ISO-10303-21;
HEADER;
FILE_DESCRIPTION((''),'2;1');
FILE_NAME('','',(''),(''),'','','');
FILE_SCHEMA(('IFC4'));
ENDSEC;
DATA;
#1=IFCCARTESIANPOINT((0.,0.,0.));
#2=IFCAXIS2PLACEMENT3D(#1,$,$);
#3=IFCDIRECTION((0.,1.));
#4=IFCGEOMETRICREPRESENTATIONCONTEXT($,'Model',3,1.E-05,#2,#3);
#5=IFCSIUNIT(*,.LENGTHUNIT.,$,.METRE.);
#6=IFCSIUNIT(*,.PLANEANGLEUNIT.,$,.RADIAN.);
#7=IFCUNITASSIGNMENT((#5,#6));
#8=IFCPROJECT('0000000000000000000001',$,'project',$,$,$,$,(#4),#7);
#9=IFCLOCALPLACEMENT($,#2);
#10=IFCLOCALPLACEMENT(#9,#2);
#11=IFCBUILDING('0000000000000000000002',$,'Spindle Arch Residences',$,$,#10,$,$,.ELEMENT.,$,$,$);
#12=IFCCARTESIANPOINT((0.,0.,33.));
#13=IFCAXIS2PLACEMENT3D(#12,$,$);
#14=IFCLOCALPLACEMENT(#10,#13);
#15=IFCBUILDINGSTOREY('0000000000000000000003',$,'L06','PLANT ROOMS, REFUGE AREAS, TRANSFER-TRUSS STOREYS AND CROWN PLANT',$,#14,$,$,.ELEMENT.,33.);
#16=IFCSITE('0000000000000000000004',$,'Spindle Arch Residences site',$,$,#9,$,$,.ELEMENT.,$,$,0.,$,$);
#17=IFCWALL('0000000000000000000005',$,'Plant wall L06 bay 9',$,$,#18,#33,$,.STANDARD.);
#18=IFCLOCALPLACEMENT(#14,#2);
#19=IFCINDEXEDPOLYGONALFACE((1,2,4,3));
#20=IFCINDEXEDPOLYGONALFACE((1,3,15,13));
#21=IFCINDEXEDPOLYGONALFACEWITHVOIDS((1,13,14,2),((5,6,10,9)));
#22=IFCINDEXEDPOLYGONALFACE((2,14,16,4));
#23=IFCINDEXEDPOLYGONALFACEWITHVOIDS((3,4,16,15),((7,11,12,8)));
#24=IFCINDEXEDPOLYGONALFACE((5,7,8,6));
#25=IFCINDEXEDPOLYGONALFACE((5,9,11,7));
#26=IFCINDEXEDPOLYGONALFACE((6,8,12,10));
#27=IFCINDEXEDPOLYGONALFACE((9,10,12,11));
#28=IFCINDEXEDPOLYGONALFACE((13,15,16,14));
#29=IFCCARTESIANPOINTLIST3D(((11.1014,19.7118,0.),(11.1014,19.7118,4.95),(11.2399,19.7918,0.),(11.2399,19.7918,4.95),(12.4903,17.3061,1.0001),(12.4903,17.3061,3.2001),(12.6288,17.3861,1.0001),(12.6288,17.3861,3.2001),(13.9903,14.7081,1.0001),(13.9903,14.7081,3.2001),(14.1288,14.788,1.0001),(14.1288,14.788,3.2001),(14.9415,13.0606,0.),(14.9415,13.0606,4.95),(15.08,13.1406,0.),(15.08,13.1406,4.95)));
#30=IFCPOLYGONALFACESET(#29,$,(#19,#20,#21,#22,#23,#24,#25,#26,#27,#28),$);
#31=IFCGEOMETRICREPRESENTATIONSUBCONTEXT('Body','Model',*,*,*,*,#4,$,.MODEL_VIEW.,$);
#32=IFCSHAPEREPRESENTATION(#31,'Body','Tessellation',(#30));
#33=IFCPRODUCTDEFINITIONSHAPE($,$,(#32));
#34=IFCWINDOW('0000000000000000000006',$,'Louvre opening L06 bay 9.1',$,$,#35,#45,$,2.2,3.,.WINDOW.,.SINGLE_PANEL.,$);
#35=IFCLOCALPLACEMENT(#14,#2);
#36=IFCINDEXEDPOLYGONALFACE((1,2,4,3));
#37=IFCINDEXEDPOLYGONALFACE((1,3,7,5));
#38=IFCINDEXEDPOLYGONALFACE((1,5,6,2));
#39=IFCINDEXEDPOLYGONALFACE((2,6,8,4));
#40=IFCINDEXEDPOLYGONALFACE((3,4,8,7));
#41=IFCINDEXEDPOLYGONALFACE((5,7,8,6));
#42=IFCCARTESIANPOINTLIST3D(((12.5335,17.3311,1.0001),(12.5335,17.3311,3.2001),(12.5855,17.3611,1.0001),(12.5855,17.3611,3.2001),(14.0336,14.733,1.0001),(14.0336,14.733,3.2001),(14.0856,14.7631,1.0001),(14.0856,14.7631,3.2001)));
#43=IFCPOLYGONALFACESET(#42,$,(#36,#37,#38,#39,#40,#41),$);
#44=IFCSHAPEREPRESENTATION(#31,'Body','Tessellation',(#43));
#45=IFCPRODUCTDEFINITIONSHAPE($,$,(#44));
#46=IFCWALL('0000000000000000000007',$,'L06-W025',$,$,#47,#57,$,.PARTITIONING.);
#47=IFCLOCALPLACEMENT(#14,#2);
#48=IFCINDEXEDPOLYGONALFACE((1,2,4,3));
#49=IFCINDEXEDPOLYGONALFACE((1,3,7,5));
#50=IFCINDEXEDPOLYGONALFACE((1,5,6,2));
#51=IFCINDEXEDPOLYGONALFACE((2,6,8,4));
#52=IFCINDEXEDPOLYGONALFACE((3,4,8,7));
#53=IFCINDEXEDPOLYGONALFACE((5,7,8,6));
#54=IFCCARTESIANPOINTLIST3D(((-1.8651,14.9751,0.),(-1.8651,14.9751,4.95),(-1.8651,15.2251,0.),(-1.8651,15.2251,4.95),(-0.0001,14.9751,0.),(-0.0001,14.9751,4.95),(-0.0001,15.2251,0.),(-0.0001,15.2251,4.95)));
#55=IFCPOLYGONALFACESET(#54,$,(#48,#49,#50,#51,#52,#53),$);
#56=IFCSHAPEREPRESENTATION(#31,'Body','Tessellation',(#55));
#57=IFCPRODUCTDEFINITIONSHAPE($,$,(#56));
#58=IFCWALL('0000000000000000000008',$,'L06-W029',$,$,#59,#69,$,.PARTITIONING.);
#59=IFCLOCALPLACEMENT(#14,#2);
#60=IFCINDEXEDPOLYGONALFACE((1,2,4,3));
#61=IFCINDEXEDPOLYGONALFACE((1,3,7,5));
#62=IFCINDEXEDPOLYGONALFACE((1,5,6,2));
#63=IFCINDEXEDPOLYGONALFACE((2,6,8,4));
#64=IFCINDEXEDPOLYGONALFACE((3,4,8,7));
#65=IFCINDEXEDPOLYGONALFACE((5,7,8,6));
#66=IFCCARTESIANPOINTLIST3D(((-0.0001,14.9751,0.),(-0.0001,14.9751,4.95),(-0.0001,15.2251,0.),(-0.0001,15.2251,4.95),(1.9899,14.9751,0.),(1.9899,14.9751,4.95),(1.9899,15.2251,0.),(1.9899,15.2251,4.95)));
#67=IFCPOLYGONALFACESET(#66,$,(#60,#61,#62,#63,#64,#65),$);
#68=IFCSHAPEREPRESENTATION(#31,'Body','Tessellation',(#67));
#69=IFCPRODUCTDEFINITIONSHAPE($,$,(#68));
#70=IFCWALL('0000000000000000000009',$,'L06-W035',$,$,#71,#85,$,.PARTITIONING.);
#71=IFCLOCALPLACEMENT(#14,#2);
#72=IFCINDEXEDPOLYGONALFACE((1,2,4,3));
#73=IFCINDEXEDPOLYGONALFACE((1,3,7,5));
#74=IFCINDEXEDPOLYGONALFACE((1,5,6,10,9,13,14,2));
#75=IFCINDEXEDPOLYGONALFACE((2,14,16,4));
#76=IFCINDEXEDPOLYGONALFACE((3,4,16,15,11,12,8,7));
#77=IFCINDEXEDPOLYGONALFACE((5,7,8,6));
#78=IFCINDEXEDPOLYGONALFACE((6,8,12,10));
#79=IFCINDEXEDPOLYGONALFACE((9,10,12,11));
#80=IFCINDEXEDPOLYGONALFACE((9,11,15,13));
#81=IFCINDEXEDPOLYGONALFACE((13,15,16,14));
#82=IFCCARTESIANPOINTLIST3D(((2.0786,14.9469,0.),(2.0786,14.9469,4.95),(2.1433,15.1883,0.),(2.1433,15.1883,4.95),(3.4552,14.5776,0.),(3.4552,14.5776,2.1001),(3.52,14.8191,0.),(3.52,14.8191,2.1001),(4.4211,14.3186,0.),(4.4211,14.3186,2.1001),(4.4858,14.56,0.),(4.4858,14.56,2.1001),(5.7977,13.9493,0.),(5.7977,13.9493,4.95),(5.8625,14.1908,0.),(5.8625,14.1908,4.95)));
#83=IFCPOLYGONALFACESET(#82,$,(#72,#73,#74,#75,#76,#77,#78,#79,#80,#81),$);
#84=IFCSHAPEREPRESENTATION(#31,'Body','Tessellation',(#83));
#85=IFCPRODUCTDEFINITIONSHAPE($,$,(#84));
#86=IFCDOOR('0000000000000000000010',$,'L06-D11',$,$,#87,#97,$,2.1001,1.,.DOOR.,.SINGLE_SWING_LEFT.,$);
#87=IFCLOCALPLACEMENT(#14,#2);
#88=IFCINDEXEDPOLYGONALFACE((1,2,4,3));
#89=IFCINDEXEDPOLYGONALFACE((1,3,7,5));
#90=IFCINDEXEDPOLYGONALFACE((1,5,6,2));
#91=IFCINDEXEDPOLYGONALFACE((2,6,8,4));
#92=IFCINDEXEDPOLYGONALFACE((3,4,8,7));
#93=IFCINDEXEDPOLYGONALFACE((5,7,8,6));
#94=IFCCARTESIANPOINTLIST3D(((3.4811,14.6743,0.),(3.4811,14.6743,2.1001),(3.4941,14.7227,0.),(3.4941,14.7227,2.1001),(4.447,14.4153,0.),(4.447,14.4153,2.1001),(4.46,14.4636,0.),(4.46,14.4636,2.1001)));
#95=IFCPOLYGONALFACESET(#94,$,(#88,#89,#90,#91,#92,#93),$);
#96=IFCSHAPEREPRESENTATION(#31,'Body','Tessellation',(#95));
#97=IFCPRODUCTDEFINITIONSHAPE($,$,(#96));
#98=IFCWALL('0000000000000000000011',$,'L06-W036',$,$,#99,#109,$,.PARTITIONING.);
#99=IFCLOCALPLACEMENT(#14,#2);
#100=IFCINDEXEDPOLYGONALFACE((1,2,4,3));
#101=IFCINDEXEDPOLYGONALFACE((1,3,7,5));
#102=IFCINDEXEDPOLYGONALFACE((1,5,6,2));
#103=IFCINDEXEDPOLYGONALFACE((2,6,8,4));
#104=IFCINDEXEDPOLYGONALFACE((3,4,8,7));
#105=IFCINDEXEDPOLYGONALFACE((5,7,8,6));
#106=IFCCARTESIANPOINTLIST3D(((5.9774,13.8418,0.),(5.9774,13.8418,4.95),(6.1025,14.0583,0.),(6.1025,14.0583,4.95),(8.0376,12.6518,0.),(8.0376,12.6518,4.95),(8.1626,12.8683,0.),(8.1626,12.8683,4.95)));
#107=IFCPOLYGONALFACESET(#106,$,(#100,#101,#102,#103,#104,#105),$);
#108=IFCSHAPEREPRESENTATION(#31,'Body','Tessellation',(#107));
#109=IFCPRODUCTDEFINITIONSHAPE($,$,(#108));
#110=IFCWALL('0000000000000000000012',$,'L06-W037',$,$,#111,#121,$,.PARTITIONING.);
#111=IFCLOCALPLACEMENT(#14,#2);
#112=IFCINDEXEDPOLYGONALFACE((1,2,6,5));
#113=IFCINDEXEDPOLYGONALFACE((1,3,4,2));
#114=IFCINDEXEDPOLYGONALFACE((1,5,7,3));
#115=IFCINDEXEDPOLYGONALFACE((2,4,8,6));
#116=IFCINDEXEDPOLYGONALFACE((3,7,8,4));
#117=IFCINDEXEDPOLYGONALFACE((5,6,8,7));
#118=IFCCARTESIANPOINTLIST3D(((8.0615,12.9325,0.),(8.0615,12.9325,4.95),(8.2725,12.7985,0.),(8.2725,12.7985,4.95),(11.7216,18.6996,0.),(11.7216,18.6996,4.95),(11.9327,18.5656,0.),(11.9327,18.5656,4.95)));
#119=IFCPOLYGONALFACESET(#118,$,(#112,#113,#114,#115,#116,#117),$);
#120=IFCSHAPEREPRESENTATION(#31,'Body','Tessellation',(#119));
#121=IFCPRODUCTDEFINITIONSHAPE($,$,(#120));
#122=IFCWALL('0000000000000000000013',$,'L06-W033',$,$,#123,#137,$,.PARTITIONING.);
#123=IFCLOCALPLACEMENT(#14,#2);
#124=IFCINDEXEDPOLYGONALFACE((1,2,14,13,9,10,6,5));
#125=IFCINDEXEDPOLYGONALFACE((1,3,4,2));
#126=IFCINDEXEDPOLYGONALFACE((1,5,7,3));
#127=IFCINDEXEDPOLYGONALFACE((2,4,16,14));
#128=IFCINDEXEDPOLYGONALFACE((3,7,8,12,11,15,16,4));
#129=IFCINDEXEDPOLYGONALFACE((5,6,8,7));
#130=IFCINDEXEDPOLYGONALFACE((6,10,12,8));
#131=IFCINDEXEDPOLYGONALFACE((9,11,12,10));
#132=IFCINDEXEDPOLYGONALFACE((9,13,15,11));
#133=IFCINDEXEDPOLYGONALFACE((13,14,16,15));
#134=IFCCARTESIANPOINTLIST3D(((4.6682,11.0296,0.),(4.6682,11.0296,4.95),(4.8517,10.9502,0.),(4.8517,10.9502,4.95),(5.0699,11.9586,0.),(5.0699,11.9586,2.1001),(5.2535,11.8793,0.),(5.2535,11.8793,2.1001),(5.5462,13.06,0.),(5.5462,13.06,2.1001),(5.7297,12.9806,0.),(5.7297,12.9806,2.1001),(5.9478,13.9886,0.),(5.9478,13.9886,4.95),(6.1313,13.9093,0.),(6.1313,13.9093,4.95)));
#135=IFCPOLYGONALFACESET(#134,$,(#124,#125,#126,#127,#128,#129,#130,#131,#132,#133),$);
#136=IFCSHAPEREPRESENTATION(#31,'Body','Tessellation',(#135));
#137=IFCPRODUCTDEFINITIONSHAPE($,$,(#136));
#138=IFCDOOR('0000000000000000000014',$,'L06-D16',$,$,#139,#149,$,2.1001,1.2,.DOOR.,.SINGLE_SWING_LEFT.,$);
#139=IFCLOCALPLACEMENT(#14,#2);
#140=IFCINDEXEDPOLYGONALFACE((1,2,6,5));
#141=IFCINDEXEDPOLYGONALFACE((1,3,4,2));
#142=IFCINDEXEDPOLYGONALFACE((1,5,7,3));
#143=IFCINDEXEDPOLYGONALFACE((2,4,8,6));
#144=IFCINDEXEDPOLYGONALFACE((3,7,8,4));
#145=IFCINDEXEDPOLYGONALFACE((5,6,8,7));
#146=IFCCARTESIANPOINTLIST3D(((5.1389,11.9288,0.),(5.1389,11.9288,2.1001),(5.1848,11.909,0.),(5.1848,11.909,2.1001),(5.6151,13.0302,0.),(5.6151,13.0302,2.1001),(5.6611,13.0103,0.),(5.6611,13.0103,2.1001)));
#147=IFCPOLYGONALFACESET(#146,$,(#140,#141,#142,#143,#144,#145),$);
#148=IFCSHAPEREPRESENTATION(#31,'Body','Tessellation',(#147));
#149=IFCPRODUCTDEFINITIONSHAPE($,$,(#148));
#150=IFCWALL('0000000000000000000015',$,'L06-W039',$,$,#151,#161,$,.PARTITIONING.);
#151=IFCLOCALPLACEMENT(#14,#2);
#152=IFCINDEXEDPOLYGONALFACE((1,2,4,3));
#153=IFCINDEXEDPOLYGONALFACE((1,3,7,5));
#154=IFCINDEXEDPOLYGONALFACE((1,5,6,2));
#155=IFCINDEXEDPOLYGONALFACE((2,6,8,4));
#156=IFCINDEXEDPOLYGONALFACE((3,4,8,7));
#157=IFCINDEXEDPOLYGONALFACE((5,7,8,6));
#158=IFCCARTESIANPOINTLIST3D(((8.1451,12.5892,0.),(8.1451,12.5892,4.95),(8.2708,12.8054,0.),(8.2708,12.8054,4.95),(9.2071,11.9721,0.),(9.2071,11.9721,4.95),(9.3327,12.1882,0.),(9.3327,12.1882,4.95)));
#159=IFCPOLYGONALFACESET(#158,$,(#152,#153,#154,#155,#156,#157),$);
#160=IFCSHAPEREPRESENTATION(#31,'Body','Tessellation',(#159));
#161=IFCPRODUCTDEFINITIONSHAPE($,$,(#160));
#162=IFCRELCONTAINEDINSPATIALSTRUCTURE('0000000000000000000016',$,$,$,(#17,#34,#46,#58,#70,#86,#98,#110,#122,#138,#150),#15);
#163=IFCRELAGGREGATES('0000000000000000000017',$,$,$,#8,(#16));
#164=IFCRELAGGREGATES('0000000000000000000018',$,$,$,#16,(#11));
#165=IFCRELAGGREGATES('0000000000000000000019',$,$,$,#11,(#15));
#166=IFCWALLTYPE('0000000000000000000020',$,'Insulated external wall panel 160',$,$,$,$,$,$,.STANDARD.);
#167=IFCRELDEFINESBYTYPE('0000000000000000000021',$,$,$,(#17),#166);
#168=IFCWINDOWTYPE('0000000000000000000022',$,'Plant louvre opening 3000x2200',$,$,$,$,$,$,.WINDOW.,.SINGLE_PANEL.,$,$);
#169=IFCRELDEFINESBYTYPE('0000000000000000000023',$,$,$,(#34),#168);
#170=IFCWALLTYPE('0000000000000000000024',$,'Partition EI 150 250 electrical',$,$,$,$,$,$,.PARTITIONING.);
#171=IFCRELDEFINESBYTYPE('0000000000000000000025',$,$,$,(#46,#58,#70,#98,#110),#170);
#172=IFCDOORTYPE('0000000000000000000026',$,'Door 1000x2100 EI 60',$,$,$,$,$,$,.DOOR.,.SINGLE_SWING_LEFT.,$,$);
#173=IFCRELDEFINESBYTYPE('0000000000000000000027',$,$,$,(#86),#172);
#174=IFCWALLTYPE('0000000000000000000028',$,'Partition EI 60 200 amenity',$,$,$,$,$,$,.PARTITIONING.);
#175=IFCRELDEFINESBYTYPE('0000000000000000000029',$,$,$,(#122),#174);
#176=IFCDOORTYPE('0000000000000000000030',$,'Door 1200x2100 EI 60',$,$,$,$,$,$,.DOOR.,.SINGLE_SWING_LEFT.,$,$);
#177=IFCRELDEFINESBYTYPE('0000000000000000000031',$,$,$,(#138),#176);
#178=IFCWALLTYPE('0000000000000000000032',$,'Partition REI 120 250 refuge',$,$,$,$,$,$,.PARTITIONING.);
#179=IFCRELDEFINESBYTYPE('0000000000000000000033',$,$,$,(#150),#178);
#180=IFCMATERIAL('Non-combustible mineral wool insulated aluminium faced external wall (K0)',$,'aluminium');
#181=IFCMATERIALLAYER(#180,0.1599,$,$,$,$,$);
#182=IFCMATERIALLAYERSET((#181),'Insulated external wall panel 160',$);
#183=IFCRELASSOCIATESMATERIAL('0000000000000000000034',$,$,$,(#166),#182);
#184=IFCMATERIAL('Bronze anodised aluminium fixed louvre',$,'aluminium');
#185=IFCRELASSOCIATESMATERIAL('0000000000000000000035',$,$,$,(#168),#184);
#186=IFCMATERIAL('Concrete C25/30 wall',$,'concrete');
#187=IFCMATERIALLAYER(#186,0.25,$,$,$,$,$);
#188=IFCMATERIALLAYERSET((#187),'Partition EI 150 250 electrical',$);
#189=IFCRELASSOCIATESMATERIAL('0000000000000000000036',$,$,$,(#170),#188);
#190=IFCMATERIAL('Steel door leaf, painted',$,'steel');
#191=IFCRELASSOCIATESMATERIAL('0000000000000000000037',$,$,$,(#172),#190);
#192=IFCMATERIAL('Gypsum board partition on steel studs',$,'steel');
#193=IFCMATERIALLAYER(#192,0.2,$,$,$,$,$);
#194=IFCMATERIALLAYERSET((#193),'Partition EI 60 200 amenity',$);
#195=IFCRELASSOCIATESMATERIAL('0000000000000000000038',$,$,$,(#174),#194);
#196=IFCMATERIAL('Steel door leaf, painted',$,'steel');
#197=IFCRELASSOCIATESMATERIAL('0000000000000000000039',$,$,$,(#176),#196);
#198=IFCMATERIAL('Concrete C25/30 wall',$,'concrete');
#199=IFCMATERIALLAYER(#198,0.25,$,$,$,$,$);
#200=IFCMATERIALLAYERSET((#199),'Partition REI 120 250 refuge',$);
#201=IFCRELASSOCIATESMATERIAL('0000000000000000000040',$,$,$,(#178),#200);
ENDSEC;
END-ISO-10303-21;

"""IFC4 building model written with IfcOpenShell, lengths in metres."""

from ifc_helpers import new_model, si_unit, direction, frame, frame_2d, origin, place, context, subcontext, project, spatial, rectangle, extrude, material, layer, layer_set, type_object, element, fill, save


model = new_model("IFC4")

# Units and contexts
model_context = context("Model", 3, precision=1e-05, world=origin(), true_north=direction((0.0, 1.0)))
body_context = subcontext(model_context, "Body", "Model", "MODEL_VIEW")
ifc_project = project(units=[si_unit("LENGTHUNIT", "METRE"), si_unit("PLANEANGLEUNIT", "RADIAN")], contexts=[model_context])

# Site, building, storey
site_placement = place(None, origin())
site = spatial("IfcSite", under=ifc_project, at=site_placement, Name="Spindle Arch Residences site", CompositionType="ELEMENT", RefElevation=0.0)
building_placement = place(site_placement, origin())
building = spatial("IfcBuilding", under=site, at=building_placement, Name="Spindle Arch Residences", CompositionType="ELEMENT")
storey_placement = place(building_placement, frame((0.0, 0.0, 33.0)))
storey = spatial("IfcBuildingStorey", under=building, at=storey_placement, Name="L06", Description="PLANT ROOMS, REFUGE AREAS, TRANSFER-TRUSS STOREYS AND CROWN PLANT", CompositionType="ELEMENT", Elevation=33.0)

# Wall, opening, window
ifc_material_1 = material(Name="Non-combustible mineral wool insulated aluminium faced external wall (K0)", Category="aluminium")
ifc_layer_1 = layer(ifc_material_1, 0.1599)
ifc_layer_set_1 = layer_set([ifc_layer_1], Name="Insulated external wall panel 160")
wall_type_1 = type_object("IfcWallType", Name="Insulated external wall panel 160", PredefinedType="STANDARD", material=ifc_layer_set_1)
wall_1_placement = place(storey_placement, frame((15.0107, 13.1006, 0.0), z_axis=(0.0, 0.0, 1.0), x_axis=(-0.500006, 0.866022, 0.0)))
wall_1 = element("IfcWall", 1, at=wall_1_placement, inside=storey, type_object=wall_type_1, Name="Plant wall L06 bay 9", PredefinedType="STANDARD", context=body_context, shape_type="SweptSolid", body=[
    extrude(rectangle(XDim=7.6802, YDim=0.1599, at=frame_2d((3.8401, 0.0))), origin(), (0.0, 0.0, 1.0), 4.95),
])
opening_1_placement = place(wall_1_placement, frame((1.9023, 0.0, 1.0)))
opening_1 = element("IfcOpeningElement", 2, at=opening_1_placement, cuts=wall_1, PredefinedType="OPENING", context=body_context, shape_type="SweptSolid", body=[
    extrude(rectangle(XDim=3.0, YDim=2.2, at=frame_2d((1.5, 1.1001))), frame((0.0, 0.0898, 0.0), z_axis=(0.0, -1.0, 0.0), x_axis=(1.0, 0.0, 0.0)), (0.0, 0.0, 1.0), 0.1799),
])
ifc_material_2 = material(Name="Bronze anodised aluminium fixed louvre", Category="aluminium")
window_type = type_object("IfcWindowType", Name="Plant louvre opening 3000x2200", PartitioningType="SINGLE_PANEL", PredefinedType="WINDOW", material=ifc_material_2)
window_placement = place(opening_1_placement, origin())
window = element("IfcWindow", 3, at=window_placement, inside=storey, type_object=window_type, Name="Louvre opening L06 bay 9.1", OverallHeight=2.2, OverallWidth=3.0, PartitioningType="SINGLE_PANEL", PredefinedType="WINDOW", context=body_context, shape_type="SweptSolid", body=[
    extrude(rectangle(XDim=3.0, YDim=2.2, at=frame_2d((1.5, 1.1001))), frame((0.0, 0.03, 0.0), z_axis=(0.0, -1.0, 0.0), x_axis=(1.0, 0.0, 0.0)), (0.0, 0.0, 1.0), 0.0601),
])
fill(opening_1, window)

# Walls
ifc_material_3 = material(Name="Concrete C25/30 wall", Category="concrete")
ifc_layer_2 = layer(ifc_material_3, 0.25)
ifc_layer_set_2 = layer_set([ifc_layer_2], Name="Partition EI 150 250 electrical")
wall_type_2 = type_object("IfcWallType", Name="Partition EI 150 250 electrical", PredefinedType="PARTITIONING", material=ifc_layer_set_2)
wall_2_placement = place(storey_placement, frame((0.0, 15.1001, 0.0), z_axis=(0.0, 0.0, 1.0), x_axis=(-1.0, 0.0, 0.0)))
element("IfcWall", 4, at=wall_2_placement, inside=storey, type_object=wall_type_2, Name="L06-W025", PredefinedType="PARTITIONING", context=body_context, shape_type="SweptSolid", body=[
    extrude(rectangle(XDim=1.865, YDim=0.25, at=frame_2d((0.9326, 0.0))), origin(), (0.0, 0.0, 1.0), 4.95),
])
wall_3_placement = place(storey_placement, frame((1.99, 15.1001, 0.0), z_axis=(0.0, 0.0, 1.0), x_axis=(-1.0, 0.0, 0.0)))
element("IfcWall", 5, at=wall_3_placement, inside=storey, type_object=wall_type_2, Name="L06-W029", PredefinedType="PARTITIONING", context=body_context, shape_type="SweptSolid", body=[
    extrude(rectangle(XDim=1.99, YDim=0.25, at=frame_2d((0.9951, 0.0))), origin(), (0.0, 0.0, 1.0), 4.95),
])

# Wall, opening, door
wall_4_placement = place(storey_placement, frame((5.8301, 14.0701, 0.0), z_axis=(0.0, 0.0, 1.0), x_axis=(-0.965861, 0.259059, 0.0)))
wall_4 = element("IfcWall", 6, at=wall_4_placement, inside=storey, type_object=wall_type_2, Name="L06-W035", PredefinedType="PARTITIONING", context=body_context, shape_type="SweptSolid", body=[
    extrude(rectangle(XDim=3.8506, YDim=0.25, at=frame_2d((1.9253, 0.0))), origin(), (0.0, 0.0, 1.0), 4.95),
])
opening_2_placement = place(wall_4_placement, frame((1.4253, 0.0, 0.0)))
opening_2 = element("IfcOpeningElement", 7, at=opening_2_placement, cuts=wall_4, PredefinedType="OPENING", context=body_context, shape_type="SweptSolid", body=[
    extrude(rectangle(XDim=1.0, YDim=2.1001, at=frame_2d((0.5, 1.05))), frame((0.0, 0.135, 0.0), z_axis=(0.0, -1.0, 0.0), x_axis=(1.0, 0.0, 0.0)), (0.0, 0.0, 1.0), 0.27),
])
ifc_material_4 = material(Name="Steel door leaf, painted", Category="steel")
door_type_1 = type_object("IfcDoorType", Name="Door 1000x2100 EI 60", OperationType="SINGLE_SWING_LEFT", PredefinedType="DOOR", material=ifc_material_4)
door_1_placement = place(opening_2_placement, origin())
door_1 = element("IfcDoor", 8, at=door_1_placement, inside=storey, type_object=door_type_1, Name="L06-D11", OperationType="SINGLE_SWING_LEFT", OverallHeight=2.1001, OverallWidth=1.0, PredefinedType="DOOR", context=body_context, shape_type="SweptSolid", body=[
    extrude(rectangle(XDim=1.0, YDim=2.1001, at=frame_2d((0.5, 1.05))), frame((0.0, 0.0249, 0.0), z_axis=(0.0, -1.0, 0.0), x_axis=(1.0, 0.0, 0.0)), (0.0, 0.0, 1.0), 0.05),
])
fill(opening_2, door_1)

# Walls
wall_5_placement = place(storey_placement, frame((6.04, 13.95, 0.0), z_axis=(0.0, 0.0, 1.0), x_axis=(0.865922, -0.500178, 0.0)))
element("IfcWall", 9, at=wall_5_placement, inside=storey, type_object=wall_type_2, Name="L06-W036", PredefinedType="PARTITIONING", context=body_context, shape_type="SweptSolid", body=[
    extrude(rectangle(XDim=2.3792, YDim=0.25, at=frame_2d((1.1895, 0.0))), origin(), (0.0, 0.0, 1.0), 4.95),
])
wall_6_placement = place(storey_placement, frame((8.167, 12.8655, 0.0), z_axis=(0.0, 0.0, 1.0), x_axis=(0.535853, 0.844311, 0.0)))
element("IfcWall", 10, at=wall_6_placement, inside=storey, type_object=wall_type_2, Name="L06-W037", PredefinedType="PARTITIONING", context=body_context, shape_type="SweptSolid", body=[
    extrude(rectangle(XDim=6.8306, YDim=0.25, at=frame_2d((3.4153, 0.0))), origin(), (0.0, 0.0, 1.0), 4.95),
])

# Wall, opening, door
ifc_material_5 = material(Name="Gypsum board partition on steel studs", Category="steel")
ifc_layer_3 = layer(ifc_material_5, 0.2)
ifc_layer_set_3 = layer_set([ifc_layer_3], Name="Partition EI 60 200 amenity")
wall_type_3 = type_object("IfcWallType", Name="Partition EI 60 200 amenity", PredefinedType="PARTITIONING", material=ifc_layer_set_3)
wall_7_placement = place(storey_placement, frame((4.76, 10.99, 0.0), z_axis=(0.0, 0.0, 1.0), x_axis=(0.396906, 0.917859, 0.0)))
wall_7 = element("IfcWall", 11, at=wall_7_placement, inside=storey, type_object=wall_type_3, Name="L06-W033", PredefinedType="PARTITIONING", context=body_context, shape_type="SweptSolid", body=[
    extrude(rectangle(XDim=3.2239, YDim=0.2, at=frame_2d((1.6118, 0.0))), origin(), (0.0, 0.0, 1.0), 4.95),
])
opening_3_placement = place(wall_7_placement, frame((1.012, 0.0, 0.0)))
opening_3 = element("IfcOpeningElement", 12, at=opening_3_placement, cuts=wall_7, PredefinedType="OPENING", context=body_context, shape_type="SweptSolid", body=[
    extrude(rectangle(XDim=1.2, YDim=2.1001, at=frame_2d((0.6001, 1.05))), frame((0.0, 0.1099, 0.0), z_axis=(0.0, -1.0, 0.0), x_axis=(1.0, 0.0, 0.0)), (0.0, 0.0, 1.0), 0.22),
])
ifc_material_6 = material(Name="Steel door leaf, painted", Category="steel")
door_type_2 = type_object("IfcDoorType", Name="Door 1200x2100 EI 60", OperationType="SINGLE_SWING_LEFT", PredefinedType="DOOR", material=ifc_material_6)
door_2_placement = place(opening_3_placement, origin())
door_2 = element("IfcDoor", 13, at=door_2_placement, inside=storey, type_object=door_type_2, Name="L06-D16", OperationType="SINGLE_SWING_LEFT", OverallHeight=2.1001, OverallWidth=1.2, PredefinedType="DOOR", context=body_context, shape_type="SweptSolid", body=[
    extrude(rectangle(XDim=1.2, YDim=2.1001, at=frame_2d((0.6001, 1.05))), frame((0.0, 0.0249, 0.0), z_axis=(0.0, -1.0, 0.0), x_axis=(1.0, 0.0, 0.0)), (0.0, 0.0, 1.0), 0.05),
])
fill(opening_3, door_2)

# Wall
ifc_material_7 = material(Name="Concrete C25/30 wall", Category="concrete")
ifc_layer_4 = layer(ifc_material_7, 0.25)
ifc_layer_set_4 = layer_set([ifc_layer_4], Name="Partition REI 120 250 refuge")
wall_type_4 = type_object("IfcWallType", Name="Partition REI 120 250 refuge", PredefinedType="PARTITIONING", material=ifc_layer_set_4)
wall_8_placement = place(storey_placement, frame((9.27, 12.0801, 0.0), z_axis=(0.0, 0.0, 1.0), x_axis=(-0.8646, 0.502462, 0.0)))
element("IfcWall", 14, at=wall_8_placement, inside=storey, type_object=wall_type_4, Name="L06-W039", PredefinedType="PARTITIONING", context=body_context, shape_type="SweptSolid", body=[
    extrude(rectangle(XDim=1.2283, YDim=0.25, at=frame_2d((0.6143, 0.0))), origin(), (0.0, 0.0, 1.0), 4.95),
])

save(model, "model.ifc")
